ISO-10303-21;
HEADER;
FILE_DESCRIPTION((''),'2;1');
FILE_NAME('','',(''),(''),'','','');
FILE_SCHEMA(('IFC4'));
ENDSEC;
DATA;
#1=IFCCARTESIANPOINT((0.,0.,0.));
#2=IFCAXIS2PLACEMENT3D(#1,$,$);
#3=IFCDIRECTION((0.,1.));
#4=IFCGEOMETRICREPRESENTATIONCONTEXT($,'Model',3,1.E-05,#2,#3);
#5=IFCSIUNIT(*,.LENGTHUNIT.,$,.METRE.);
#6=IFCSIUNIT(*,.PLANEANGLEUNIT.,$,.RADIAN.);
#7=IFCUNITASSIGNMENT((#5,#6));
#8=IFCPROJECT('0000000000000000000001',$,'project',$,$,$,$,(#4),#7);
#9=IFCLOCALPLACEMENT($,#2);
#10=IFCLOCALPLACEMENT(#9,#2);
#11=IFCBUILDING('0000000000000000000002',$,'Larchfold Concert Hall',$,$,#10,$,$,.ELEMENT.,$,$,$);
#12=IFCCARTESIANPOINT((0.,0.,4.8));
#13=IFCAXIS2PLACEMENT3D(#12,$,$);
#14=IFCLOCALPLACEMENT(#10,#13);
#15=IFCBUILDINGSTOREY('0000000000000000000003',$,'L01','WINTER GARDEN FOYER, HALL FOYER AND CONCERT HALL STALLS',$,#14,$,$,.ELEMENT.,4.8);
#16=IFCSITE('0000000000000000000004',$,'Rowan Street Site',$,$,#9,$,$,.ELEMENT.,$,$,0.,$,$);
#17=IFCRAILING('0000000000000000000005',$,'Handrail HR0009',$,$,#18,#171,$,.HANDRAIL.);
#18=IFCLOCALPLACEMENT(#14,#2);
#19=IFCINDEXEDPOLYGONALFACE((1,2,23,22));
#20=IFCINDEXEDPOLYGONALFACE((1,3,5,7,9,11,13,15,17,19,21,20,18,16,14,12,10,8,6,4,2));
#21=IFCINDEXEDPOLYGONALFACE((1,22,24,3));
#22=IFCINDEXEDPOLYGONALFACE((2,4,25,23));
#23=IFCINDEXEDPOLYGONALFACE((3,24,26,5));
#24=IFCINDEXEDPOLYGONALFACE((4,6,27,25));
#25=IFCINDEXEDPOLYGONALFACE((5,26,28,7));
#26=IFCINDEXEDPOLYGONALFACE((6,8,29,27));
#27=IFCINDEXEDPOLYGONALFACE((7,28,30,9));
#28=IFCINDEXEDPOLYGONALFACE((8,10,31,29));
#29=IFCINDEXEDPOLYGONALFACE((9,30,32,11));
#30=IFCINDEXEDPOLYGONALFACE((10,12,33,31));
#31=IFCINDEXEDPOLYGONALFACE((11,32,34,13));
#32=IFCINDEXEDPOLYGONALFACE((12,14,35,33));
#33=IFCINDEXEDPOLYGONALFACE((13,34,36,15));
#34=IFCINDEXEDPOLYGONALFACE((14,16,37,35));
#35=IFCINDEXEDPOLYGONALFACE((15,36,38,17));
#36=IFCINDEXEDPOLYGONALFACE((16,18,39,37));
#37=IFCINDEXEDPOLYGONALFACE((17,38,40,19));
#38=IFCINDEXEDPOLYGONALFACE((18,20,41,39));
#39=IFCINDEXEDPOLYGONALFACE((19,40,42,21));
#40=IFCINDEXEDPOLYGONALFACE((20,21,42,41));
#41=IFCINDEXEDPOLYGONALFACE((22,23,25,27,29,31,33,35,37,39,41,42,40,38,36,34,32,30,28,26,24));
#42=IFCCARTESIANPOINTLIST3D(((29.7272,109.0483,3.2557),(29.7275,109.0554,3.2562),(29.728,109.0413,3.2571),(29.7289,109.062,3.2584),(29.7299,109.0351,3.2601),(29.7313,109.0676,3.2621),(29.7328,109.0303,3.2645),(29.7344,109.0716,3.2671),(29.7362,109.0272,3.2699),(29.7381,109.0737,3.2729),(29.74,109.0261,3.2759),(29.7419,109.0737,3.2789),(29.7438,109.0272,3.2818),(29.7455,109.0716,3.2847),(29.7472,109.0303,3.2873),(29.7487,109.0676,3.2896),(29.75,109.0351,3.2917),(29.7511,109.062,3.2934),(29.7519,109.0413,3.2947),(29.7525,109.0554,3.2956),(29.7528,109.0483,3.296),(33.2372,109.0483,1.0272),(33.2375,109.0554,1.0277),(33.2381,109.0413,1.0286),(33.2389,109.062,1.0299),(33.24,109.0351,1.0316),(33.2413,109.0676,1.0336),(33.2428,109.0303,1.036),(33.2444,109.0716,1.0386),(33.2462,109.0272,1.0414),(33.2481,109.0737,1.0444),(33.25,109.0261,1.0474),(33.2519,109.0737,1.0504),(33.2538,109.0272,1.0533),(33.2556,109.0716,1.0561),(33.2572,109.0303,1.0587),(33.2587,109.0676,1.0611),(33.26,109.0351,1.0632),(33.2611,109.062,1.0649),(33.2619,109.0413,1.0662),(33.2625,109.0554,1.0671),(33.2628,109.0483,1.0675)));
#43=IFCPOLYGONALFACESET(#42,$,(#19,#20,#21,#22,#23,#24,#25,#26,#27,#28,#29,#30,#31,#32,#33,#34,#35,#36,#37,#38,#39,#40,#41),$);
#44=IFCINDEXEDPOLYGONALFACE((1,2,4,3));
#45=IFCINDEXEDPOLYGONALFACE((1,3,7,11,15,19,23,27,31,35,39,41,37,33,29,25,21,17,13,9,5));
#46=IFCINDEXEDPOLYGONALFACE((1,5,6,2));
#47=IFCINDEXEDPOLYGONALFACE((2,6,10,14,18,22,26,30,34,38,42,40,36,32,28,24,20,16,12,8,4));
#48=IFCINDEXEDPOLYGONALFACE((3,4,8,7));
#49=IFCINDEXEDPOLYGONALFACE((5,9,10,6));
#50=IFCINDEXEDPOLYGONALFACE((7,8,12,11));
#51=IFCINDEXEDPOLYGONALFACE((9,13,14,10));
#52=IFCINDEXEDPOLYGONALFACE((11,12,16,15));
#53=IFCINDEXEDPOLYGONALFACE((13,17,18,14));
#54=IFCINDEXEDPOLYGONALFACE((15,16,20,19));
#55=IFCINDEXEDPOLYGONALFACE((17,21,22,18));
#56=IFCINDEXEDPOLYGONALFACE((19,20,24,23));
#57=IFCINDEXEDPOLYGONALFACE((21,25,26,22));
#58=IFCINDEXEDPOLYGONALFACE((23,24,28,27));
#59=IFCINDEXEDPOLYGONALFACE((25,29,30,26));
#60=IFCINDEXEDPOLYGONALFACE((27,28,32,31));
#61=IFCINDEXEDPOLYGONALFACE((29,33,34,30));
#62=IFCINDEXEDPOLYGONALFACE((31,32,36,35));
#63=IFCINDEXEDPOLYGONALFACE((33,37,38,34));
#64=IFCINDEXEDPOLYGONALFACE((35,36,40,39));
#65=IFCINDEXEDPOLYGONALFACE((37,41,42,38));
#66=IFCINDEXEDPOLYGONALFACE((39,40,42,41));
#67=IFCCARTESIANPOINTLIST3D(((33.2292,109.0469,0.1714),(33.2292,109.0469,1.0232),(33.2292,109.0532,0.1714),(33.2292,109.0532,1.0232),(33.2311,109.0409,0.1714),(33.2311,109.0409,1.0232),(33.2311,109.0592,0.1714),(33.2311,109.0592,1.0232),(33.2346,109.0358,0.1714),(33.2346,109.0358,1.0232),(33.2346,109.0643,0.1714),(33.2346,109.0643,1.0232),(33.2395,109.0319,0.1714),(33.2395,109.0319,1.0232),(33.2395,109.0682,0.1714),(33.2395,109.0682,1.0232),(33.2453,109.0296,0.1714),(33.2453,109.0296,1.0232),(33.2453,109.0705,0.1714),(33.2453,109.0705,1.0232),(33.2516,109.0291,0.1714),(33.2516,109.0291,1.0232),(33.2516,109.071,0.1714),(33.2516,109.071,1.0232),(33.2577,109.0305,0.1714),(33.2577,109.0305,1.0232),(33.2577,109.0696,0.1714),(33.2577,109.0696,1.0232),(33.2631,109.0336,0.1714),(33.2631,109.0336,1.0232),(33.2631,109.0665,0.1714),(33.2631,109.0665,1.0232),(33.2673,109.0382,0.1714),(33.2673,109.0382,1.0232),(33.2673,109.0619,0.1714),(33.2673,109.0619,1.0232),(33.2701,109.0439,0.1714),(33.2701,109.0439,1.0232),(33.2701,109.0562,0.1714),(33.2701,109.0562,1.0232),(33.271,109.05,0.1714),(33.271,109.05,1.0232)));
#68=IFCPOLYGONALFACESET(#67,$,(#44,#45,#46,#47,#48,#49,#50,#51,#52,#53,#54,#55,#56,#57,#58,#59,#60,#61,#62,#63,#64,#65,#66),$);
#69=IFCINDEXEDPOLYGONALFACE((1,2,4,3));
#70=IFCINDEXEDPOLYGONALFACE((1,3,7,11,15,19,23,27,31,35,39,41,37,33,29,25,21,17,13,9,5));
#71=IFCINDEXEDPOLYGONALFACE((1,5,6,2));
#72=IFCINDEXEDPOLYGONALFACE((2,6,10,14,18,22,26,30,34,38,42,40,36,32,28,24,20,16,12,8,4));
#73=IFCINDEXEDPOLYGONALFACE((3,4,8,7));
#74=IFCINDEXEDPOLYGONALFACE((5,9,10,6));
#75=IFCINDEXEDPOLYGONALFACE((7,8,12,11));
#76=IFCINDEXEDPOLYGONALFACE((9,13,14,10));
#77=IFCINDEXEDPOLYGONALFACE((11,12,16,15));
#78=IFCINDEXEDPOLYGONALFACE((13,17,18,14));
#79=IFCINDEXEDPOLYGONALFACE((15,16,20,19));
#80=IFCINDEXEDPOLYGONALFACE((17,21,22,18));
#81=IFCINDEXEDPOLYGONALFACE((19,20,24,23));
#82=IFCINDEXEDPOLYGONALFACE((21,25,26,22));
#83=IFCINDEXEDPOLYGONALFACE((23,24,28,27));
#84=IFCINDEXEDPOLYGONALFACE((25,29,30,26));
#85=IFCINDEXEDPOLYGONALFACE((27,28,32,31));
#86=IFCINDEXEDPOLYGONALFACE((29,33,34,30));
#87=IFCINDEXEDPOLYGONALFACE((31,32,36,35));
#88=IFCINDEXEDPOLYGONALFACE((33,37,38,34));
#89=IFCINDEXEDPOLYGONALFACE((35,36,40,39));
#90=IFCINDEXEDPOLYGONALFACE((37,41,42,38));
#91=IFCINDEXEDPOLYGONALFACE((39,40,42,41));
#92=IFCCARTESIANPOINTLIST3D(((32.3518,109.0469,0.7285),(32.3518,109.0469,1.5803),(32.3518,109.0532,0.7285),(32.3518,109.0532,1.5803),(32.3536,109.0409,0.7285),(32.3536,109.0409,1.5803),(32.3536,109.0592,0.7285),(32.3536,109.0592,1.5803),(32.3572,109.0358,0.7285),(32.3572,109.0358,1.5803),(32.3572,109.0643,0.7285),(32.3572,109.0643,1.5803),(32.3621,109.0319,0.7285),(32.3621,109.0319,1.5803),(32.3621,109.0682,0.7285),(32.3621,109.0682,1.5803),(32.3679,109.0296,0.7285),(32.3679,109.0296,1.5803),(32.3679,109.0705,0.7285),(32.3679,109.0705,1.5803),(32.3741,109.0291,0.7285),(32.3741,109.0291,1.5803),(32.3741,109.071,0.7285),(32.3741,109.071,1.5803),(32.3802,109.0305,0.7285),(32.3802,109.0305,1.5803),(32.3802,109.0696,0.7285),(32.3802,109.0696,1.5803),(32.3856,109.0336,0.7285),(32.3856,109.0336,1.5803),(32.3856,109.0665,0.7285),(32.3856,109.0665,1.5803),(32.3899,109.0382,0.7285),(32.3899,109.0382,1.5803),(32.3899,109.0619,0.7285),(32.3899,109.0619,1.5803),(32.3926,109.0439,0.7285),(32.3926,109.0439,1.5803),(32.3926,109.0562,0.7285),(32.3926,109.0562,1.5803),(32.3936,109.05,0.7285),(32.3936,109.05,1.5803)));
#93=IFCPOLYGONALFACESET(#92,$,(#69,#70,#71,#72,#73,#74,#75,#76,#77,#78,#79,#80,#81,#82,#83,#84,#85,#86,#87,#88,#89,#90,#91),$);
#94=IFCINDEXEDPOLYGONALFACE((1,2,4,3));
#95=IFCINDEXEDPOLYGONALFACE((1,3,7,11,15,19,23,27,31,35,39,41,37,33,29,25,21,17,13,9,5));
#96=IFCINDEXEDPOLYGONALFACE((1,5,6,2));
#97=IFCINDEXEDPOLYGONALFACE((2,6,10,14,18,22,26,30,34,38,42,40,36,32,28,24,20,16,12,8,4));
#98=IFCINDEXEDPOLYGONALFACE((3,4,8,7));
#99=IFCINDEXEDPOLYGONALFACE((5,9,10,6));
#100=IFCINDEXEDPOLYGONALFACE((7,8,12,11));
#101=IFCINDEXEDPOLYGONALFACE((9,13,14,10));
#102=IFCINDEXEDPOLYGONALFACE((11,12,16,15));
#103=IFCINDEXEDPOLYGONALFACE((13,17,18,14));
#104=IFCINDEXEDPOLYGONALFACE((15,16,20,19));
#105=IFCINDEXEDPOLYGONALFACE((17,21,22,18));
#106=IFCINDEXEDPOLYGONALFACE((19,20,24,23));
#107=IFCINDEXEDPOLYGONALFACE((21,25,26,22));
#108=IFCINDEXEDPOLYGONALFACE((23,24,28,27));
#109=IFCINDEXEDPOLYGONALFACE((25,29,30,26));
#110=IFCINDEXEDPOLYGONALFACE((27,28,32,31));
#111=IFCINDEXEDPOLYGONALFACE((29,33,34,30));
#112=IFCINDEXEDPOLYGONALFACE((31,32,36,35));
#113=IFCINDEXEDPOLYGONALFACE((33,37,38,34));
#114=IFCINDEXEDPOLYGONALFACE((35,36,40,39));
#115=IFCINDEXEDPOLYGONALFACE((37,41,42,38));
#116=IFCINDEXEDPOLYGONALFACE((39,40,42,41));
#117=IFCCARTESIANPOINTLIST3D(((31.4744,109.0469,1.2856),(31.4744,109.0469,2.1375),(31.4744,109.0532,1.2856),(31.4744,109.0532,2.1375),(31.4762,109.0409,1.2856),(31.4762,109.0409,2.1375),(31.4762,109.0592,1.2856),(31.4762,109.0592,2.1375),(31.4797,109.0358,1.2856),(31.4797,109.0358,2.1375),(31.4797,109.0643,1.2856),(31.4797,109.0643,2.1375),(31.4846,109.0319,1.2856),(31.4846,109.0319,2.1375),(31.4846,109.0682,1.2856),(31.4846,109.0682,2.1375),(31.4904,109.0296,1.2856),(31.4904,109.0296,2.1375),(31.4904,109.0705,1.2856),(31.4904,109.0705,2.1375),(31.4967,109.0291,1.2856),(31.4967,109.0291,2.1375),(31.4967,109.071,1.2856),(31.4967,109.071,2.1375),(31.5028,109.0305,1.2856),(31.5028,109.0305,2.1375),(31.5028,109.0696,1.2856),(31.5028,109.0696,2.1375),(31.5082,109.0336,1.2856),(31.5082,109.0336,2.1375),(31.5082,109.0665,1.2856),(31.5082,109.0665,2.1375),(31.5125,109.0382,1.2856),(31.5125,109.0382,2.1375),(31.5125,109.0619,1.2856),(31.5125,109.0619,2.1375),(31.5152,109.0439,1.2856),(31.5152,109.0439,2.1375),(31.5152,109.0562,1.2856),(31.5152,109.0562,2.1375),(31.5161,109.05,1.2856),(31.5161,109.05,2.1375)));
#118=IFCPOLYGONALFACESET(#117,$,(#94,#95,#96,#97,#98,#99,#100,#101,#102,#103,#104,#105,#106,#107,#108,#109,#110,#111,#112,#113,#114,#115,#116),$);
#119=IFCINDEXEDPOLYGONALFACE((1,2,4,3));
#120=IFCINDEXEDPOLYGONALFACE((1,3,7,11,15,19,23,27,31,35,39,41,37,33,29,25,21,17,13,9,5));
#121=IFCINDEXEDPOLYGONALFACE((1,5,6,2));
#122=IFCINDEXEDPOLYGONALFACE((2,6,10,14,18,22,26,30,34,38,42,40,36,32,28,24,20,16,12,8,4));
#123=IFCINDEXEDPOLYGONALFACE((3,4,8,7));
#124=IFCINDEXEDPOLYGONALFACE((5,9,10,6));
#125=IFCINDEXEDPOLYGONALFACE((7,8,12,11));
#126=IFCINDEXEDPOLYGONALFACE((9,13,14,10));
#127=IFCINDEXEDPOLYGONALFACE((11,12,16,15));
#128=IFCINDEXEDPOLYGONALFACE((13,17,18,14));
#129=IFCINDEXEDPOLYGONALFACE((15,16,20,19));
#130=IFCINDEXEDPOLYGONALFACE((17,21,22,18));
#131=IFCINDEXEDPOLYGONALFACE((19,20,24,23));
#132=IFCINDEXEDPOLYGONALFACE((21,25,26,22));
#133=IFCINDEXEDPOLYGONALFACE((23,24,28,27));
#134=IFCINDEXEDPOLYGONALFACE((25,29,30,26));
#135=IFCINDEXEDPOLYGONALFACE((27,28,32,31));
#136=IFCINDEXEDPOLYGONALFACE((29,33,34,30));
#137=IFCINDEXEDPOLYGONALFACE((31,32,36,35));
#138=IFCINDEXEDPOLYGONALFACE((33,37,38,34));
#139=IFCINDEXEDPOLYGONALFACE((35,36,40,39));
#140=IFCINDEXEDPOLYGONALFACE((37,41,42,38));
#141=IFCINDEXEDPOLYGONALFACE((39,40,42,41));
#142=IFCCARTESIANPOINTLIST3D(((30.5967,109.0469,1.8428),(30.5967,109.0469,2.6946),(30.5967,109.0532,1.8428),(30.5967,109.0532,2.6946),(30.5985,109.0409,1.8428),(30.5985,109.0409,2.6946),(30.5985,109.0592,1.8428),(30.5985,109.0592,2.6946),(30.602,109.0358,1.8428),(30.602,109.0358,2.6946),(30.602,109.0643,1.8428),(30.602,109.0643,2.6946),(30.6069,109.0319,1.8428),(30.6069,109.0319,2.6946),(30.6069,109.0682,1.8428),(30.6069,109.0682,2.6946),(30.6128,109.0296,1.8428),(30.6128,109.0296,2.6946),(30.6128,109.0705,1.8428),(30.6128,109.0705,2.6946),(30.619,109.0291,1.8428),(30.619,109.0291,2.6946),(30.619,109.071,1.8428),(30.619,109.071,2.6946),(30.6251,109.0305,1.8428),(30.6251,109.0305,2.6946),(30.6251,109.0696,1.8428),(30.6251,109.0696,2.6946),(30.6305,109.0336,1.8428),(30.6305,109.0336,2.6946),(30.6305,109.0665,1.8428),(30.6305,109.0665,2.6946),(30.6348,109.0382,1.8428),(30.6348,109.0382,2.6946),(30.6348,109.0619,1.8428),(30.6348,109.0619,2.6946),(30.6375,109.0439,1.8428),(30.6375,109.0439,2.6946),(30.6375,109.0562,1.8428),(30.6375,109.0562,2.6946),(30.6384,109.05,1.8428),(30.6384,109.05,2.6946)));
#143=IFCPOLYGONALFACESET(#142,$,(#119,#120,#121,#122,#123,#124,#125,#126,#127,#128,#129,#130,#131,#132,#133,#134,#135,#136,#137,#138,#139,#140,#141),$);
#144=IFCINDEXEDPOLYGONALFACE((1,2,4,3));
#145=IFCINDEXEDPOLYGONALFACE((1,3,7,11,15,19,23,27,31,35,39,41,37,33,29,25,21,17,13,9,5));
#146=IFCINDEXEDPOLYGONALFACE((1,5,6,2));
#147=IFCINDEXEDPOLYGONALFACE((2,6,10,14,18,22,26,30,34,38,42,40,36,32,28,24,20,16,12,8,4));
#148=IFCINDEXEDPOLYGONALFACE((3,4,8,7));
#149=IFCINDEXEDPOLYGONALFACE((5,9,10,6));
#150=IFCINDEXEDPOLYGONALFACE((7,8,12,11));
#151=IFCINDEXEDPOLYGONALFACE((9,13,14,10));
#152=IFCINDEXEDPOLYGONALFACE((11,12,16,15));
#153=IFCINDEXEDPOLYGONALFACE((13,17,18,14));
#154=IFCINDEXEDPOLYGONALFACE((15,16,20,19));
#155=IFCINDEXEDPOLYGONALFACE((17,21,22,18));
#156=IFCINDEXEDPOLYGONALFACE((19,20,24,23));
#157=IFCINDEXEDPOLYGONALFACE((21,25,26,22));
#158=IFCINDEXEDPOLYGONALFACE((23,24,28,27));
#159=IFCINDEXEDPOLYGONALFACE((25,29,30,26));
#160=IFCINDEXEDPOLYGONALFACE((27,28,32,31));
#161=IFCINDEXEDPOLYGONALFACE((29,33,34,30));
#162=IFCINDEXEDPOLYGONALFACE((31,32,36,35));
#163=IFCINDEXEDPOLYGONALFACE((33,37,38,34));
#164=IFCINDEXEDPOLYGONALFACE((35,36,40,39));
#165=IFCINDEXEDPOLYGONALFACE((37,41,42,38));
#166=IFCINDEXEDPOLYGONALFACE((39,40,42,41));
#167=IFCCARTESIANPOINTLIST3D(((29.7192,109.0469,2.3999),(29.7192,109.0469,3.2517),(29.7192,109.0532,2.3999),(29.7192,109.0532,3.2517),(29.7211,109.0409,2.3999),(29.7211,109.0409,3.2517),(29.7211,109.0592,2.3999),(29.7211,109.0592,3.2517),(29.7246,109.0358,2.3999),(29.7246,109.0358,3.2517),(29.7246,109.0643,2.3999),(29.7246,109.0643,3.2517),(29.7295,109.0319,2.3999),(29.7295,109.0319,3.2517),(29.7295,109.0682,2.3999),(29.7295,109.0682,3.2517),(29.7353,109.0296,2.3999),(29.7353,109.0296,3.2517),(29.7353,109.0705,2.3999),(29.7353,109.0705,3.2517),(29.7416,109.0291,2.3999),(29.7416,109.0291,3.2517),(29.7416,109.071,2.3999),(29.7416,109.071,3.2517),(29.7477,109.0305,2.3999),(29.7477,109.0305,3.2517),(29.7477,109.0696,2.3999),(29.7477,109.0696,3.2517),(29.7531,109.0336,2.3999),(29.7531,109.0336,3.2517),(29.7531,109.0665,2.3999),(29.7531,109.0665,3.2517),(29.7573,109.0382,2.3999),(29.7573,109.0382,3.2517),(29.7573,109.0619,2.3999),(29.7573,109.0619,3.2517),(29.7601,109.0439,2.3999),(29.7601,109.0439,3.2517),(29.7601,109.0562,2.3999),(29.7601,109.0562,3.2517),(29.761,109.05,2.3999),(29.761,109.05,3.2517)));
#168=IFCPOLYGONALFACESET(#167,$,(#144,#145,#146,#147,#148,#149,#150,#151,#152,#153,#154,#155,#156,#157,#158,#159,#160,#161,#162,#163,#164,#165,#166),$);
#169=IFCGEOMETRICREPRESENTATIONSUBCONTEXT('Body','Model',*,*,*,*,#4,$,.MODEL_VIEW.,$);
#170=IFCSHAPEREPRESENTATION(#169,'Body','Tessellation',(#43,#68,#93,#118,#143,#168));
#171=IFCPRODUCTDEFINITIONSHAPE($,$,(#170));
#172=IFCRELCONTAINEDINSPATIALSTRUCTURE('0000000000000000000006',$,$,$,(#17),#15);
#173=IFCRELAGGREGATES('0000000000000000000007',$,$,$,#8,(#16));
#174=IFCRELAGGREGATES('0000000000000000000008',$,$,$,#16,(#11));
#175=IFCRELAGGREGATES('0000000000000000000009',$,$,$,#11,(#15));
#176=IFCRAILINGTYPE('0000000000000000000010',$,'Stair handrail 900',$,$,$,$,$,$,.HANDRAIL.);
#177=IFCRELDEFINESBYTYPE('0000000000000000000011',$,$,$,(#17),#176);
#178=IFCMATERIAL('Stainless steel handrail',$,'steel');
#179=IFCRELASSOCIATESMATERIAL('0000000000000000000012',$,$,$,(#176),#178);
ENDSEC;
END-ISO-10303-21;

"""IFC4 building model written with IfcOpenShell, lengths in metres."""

from ifc_helpers import new_model, si_unit, direction, frame, origin, origin_2d, place, context, subcontext, project, spatial, circle, extrude, material, type_object, element, save


model = new_model("IFC4")

# Units and contexts
model_context = context("Model", 3, precision=1e-05, world=origin(), true_north=direction((0.0, 1.0)))
body_context = subcontext(model_context, "Body", "Model", "MODEL_VIEW")
ifc_project = project(units=[si_unit("LENGTHUNIT", "METRE"), si_unit("PLANEANGLEUNIT", "RADIAN")], contexts=[model_context])

# Site, building, storey
site_placement = place(None, origin())
site = spatial("IfcSite", under=ifc_project, at=site_placement, Name="Rowan Street Site", CompositionType="ELEMENT", RefElevation=0.0)
building_placement = place(site_placement, origin())
building = spatial("IfcBuilding", under=site, at=building_placement, Name="Larchfold Concert Hall", CompositionType="ELEMENT")
storey_placement = place(building_placement, frame((0.0, 0.0, 4.8)))
storey = spatial("IfcBuildingStorey", under=building, at=storey_placement, Name="L01", Description="WINTER GARDEN FOYER, HALL FOYER AND CONCERT HALL STALLS", CompositionType="ELEMENT", Elevation=4.8)

# Railing
ifc_material_1 = material(Name="Stainless steel handrail", Category="steel")
railing_type_1 = type_object("IfcRailingType", Name="Stair handrail 900", PredefinedType="HANDRAIL", material=ifc_material_1)
railing_1_placement = place(storey_placement, frame((33.25, 109.05, 0.1714)))
element("IfcRailing", 1, at=railing_1_placement, inside=storey, type_object=railing_type_1, Name="Handrail HR0009", PredefinedType="HANDRAIL", context=body_context, shape_type="SweptSolid", body=[
    extrude(circle(Radius=0.0239, at=origin_2d()), frame((0.0, 0.0, 0.876), z_axis=(-0.84422, 0.0, 0.535998), x_axis=(0.0, -1.0, 0.0)), (0.0, 0.0, 1.0), 4.1577),
    extrude(circle(Radius=0.021, at=origin_2d()), origin(), (0.0, 0.0, 1.0), 0.8518),
    extrude(circle(Radius=0.021, at=origin_2d()), frame((-0.8774, 0.0, 0.5571)), (0.0, 0.0, 1.0), 0.8518),
    extrude(circle(Radius=0.021, at=origin_2d()), frame((-1.7549, 0.0, 1.1143)), (0.0, 0.0, 1.0), 0.8518),
    extrude(circle(Radius=0.021, at=origin_2d()), frame((-2.6326, 0.0, 1.6714)), (0.0, 0.0, 1.0), 0.8518),
    extrude(circle(Radius=0.021, at=origin_2d()), frame((-3.51, 0.0, 2.2285)), (0.0, 0.0, 1.0), 0.8518),
])

save(model, "model.ifc")
